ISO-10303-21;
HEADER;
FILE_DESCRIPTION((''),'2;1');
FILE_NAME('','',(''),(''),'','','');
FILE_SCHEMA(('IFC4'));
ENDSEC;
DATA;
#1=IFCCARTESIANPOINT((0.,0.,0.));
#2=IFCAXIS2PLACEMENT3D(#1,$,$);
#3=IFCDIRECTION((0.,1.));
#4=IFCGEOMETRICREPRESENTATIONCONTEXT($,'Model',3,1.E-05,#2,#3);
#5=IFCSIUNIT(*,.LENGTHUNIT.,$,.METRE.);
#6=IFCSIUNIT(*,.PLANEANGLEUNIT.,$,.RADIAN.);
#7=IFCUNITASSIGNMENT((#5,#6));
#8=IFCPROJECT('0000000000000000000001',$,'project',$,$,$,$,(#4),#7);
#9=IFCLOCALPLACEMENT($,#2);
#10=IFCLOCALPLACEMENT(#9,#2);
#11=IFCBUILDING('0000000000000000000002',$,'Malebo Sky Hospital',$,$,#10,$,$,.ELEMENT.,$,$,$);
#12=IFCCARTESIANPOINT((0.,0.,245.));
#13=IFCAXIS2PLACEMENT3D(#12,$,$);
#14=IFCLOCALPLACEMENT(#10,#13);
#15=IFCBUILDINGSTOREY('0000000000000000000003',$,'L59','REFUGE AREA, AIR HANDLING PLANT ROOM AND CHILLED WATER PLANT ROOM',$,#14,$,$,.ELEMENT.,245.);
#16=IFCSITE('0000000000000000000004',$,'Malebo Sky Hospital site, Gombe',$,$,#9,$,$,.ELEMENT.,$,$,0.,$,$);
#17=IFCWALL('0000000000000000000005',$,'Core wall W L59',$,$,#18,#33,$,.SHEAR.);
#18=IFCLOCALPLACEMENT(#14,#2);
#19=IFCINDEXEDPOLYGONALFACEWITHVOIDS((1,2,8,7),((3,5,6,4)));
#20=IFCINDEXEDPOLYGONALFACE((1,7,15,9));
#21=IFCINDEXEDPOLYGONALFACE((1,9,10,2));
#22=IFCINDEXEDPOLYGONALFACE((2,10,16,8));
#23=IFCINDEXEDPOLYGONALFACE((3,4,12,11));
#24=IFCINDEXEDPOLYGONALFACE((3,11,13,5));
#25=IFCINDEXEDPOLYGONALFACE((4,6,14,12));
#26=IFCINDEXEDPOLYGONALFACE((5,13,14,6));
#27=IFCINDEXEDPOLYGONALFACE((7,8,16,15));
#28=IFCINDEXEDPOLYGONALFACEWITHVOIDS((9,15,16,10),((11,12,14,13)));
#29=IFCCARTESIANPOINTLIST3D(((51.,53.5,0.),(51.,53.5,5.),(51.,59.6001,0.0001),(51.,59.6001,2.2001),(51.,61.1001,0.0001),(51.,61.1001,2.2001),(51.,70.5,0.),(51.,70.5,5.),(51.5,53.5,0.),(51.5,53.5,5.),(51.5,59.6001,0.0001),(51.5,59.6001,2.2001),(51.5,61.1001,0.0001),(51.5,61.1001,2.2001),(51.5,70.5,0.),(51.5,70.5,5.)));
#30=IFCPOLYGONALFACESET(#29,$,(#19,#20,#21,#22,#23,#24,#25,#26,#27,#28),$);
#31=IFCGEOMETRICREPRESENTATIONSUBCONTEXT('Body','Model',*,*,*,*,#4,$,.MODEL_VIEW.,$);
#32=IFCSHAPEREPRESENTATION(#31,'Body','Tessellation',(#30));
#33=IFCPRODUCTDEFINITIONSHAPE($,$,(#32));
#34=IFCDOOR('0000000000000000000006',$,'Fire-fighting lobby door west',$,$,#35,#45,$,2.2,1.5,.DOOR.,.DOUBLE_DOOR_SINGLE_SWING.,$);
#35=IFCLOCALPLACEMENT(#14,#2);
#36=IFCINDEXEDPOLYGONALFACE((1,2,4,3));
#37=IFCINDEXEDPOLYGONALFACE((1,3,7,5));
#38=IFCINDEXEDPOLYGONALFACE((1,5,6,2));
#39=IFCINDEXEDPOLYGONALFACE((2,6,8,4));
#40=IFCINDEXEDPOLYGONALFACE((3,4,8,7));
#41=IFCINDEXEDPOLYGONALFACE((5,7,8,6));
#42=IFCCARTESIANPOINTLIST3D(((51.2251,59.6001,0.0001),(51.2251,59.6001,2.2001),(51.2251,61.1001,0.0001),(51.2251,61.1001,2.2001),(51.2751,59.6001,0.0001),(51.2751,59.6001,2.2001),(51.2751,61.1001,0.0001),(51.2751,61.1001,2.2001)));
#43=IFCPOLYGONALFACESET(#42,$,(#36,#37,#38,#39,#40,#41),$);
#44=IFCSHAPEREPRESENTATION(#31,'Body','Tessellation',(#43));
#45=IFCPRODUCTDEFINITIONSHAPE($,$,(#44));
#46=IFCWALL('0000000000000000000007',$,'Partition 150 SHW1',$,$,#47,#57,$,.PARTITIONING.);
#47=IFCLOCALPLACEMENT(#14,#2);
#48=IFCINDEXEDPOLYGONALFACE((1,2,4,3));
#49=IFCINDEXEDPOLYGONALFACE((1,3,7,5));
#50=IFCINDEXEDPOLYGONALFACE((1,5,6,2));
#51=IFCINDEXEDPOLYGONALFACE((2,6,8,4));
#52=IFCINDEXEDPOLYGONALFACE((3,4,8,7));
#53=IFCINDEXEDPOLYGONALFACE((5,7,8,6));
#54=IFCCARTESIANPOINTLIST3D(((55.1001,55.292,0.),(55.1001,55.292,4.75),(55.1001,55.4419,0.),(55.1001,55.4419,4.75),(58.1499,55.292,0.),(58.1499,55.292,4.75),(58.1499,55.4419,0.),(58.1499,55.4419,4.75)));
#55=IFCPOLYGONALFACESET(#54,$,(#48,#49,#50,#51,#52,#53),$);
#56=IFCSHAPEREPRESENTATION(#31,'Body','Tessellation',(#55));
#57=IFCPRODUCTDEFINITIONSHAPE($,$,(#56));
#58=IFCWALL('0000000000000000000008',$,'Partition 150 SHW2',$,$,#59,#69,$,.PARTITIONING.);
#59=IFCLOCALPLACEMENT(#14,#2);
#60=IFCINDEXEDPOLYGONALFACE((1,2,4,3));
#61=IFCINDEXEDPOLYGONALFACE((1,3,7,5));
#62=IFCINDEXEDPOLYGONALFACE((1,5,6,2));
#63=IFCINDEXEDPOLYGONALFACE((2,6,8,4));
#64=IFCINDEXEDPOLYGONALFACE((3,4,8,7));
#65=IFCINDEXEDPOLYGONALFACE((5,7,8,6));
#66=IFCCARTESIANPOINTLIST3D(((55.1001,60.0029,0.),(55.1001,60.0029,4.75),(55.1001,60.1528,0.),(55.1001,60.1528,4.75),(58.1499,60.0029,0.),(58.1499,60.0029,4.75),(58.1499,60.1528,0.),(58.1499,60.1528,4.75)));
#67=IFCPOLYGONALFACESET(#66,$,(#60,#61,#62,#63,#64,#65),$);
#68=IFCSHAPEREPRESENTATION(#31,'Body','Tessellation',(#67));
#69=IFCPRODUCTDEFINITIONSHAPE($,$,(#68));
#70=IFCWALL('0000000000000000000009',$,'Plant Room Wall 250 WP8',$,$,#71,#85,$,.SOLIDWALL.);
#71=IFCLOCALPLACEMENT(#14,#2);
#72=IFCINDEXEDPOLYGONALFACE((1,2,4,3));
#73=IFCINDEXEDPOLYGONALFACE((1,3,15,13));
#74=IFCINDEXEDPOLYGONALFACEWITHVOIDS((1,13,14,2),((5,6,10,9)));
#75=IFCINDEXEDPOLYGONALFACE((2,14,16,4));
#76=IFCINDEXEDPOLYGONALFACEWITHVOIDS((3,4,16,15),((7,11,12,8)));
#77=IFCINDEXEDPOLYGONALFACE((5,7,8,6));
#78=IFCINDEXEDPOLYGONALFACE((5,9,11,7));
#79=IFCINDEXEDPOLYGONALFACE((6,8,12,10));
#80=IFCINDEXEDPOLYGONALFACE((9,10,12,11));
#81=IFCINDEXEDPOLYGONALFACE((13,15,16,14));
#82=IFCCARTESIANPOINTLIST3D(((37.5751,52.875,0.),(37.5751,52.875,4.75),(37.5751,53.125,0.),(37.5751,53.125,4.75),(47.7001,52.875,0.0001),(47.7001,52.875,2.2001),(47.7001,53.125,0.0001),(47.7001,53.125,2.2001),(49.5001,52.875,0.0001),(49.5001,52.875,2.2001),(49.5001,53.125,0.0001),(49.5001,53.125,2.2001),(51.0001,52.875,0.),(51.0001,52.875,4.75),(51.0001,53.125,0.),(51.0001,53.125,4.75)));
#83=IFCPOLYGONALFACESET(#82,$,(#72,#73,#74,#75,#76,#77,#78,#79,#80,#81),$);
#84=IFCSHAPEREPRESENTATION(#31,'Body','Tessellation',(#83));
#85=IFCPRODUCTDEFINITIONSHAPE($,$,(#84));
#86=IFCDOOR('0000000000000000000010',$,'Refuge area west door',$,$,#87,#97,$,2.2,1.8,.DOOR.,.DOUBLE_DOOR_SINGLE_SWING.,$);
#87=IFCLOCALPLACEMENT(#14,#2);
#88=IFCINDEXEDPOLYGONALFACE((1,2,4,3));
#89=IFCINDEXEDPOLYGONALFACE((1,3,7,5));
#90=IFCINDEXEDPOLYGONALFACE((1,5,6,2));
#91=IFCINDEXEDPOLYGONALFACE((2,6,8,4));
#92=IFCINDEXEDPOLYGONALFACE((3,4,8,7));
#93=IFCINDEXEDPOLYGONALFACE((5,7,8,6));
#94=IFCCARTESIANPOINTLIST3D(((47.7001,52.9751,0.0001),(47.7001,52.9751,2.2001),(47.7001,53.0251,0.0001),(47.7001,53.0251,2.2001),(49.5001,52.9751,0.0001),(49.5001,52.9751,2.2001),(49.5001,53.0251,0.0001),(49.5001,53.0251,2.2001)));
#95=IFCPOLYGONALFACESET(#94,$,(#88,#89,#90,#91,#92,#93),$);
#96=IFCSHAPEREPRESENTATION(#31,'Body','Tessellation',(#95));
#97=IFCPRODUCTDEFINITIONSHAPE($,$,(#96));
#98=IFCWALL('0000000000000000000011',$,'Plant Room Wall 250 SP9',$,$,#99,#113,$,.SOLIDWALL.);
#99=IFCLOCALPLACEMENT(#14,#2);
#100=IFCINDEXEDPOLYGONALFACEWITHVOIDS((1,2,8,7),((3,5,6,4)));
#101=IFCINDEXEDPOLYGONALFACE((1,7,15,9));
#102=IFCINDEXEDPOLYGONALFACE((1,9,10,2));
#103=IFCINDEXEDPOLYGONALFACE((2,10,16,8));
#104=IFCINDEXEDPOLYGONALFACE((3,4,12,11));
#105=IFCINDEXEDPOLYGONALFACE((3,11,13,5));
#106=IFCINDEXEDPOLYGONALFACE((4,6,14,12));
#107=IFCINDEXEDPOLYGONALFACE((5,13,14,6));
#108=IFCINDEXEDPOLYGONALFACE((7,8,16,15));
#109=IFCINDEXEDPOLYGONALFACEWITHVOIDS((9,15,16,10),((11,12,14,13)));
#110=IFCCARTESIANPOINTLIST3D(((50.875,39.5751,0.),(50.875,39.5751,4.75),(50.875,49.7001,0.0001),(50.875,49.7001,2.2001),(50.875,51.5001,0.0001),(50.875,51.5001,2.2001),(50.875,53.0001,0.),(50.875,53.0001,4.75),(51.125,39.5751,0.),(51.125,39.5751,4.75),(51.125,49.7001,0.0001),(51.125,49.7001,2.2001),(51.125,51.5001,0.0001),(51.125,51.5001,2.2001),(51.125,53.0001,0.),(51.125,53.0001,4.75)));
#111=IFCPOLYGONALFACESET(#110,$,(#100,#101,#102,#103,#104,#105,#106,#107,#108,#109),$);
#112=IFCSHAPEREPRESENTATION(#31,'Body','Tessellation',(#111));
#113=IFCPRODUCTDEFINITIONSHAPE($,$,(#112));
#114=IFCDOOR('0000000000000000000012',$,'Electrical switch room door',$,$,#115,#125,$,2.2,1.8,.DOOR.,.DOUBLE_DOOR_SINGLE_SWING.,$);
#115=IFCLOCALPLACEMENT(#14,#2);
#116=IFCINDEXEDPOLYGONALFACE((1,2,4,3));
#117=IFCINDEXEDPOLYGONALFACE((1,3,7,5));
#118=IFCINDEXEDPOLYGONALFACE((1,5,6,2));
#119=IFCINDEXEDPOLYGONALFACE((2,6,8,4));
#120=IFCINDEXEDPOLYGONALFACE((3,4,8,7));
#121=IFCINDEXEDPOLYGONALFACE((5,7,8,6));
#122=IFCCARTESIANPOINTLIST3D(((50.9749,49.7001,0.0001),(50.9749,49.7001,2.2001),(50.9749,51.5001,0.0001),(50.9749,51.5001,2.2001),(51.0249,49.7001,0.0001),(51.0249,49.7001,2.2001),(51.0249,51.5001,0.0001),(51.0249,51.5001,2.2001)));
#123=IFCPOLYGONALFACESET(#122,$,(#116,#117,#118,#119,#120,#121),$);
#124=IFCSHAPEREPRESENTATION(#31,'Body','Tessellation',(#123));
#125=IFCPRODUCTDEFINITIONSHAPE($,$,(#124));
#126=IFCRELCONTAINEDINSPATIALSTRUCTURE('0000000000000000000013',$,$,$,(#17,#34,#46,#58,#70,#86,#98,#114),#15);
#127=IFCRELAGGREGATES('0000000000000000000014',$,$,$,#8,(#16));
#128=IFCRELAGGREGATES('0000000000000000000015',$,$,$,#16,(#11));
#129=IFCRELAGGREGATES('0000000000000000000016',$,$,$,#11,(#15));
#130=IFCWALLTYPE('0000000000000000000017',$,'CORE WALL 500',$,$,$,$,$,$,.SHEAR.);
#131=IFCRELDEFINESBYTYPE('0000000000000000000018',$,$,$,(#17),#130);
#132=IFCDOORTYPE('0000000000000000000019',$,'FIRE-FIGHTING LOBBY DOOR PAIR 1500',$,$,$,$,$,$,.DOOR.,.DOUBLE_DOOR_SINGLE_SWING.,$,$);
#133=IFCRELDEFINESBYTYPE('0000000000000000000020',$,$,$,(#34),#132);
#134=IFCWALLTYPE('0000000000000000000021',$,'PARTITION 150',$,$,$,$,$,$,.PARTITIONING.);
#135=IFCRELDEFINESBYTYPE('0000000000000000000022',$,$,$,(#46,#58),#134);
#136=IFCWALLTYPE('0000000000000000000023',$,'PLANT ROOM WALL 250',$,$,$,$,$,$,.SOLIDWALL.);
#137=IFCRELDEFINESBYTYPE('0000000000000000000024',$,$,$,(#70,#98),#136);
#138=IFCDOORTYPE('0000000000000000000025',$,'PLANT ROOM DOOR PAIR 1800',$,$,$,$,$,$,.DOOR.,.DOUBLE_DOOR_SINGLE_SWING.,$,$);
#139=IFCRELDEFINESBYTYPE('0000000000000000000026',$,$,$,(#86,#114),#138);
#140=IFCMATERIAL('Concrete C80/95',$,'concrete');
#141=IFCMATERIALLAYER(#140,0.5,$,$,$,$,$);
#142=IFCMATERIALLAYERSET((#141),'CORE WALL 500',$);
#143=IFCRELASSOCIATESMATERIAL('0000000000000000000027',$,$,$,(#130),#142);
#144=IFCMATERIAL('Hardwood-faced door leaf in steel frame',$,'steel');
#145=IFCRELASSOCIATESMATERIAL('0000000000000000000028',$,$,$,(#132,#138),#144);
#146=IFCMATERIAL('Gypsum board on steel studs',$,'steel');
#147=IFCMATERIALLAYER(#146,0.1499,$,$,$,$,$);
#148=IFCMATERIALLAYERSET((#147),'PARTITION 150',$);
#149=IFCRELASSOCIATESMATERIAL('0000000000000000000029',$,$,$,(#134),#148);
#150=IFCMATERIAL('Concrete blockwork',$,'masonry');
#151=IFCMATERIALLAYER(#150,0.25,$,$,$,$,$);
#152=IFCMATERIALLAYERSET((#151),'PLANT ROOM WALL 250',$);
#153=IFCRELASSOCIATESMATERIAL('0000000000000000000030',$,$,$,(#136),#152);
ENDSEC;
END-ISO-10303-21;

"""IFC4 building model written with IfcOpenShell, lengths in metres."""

from ifc_helpers import new_model, si_unit, direction, frame, frame_2d, origin, place, context, subcontext, project, spatial, rectangle, extrude, material, layer, layer_set, type_object, element, fill, save


model = new_model("IFC4")

# Units and contexts
model_context = context("Model", 3, precision=1e-05, world=origin(), true_north=direction((0.0, 1.0)))
body_context = subcontext(model_context, "Body", "Model", "MODEL_VIEW")
ifc_project = project(units=[si_unit("LENGTHUNIT", "METRE"), si_unit("PLANEANGLEUNIT", "RADIAN")], contexts=[model_context])

# Site, building, storey
site_placement = place(None, origin())
site = spatial("IfcSite", under=ifc_project, at=site_placement, Name="Malebo Sky Hospital site, Gombe", CompositionType="ELEMENT", RefElevation=0.0)
building_placement = place(site_placement, origin())
building = spatial("IfcBuilding", under=site, at=building_placement, Name="Malebo Sky Hospital", CompositionType="ELEMENT")
storey_placement = place(building_placement, frame((0.0, 0.0, 245.0)))
storey = spatial("IfcBuildingStorey", under=building, at=storey_placement, Name="L59", Description="REFUGE AREA, AIR HANDLING PLANT ROOM AND CHILLED WATER PLANT ROOM", CompositionType="ELEMENT", Elevation=245.0)

# Shared definitions
ifc_material_1 = material(Name="Concrete C80/95", Category="concrete")
ifc_material_2 = material(Name="Hardwood-faced door leaf in steel frame", Category="steel")

# Wall, opening, door
ifc_layer_1 = layer(ifc_material_1, 0.5)
ifc_layer_set_1 = layer_set([ifc_layer_1], Name="CORE WALL 500")
wall_type_1 = type_object("IfcWallType", Name="CORE WALL 500", PredefinedType="SHEAR", material=ifc_layer_set_1)
wall_1_placement = place(storey_placement, frame((51.25, 53.5, 0.0), z_axis=(0.0, 0.0, 1.0), x_axis=(0.0, 1.0, 0.0)))
wall_1 = element("IfcWall", 1, at=wall_1_placement, inside=storey, type_object=wall_type_1, Name="Core wall W L59", PredefinedType="SHEAR", context=body_context, shape_type="SweptSolid", body=[
    extrude(rectangle(XDim=17.0, YDim=0.5, at=frame_2d((8.5, 0.0))), origin(), (0.0, 0.0, 1.0), 5.0),
])
opening_1_placement = place(wall_1_placement, frame((6.1001, 0.0, 0.0)))
opening_1 = element("IfcOpeningElement", 2, at=opening_1_placement, cuts=wall_1, PredefinedType="OPENING", context=body_context, shape_type="SweptSolid", body=[
    extrude(rectangle(XDim=1.5, YDim=2.2, at=frame_2d((0.75, 1.1001))), frame((0.0, 0.26, 0.0), z_axis=(0.0, -1.0, 0.0), x_axis=(1.0, 0.0, 0.0)), (0.0, 0.0, 1.0), 0.52),
])
door_type_1 = type_object("IfcDoorType", Name="FIRE-FIGHTING LOBBY DOOR PAIR 1500", OperationType="DOUBLE_DOOR_SINGLE_SWING", PredefinedType="DOOR", material=ifc_material_2)
door_1_placement = place(opening_1_placement, origin())
door_1 = element("IfcDoor", 3, at=door_1_placement, inside=storey, type_object=door_type_1, Name="Fire-fighting lobby door west", OperationType="DOUBLE_DOOR_SINGLE_SWING", OverallHeight=2.2, OverallWidth=1.5, PredefinedType="DOOR", context=body_context, shape_type="SweptSolid", body=[
    extrude(rectangle(XDim=1.5, YDim=2.2, at=frame_2d((0.75, 1.1001))), frame((0.0, 0.0249, 0.0), z_axis=(0.0, -1.0, 0.0), x_axis=(1.0, 0.0, 0.0)), (0.0, 0.0, 1.0), 0.05),
])
fill(opening_1, door_1)

# Walls
ifc_material_3 = material(Name="Gypsum board on steel studs", Category="steel")
ifc_layer_2 = layer(ifc_material_3, 0.1499)
ifc_layer_set_2 = layer_set([ifc_layer_2], Name="PARTITION 150")
wall_type_2 = type_object("IfcWallType", Name="PARTITION 150", PredefinedType="PARTITIONING", material=ifc_layer_set_2)
for number, where, z_axis, x_axis, name in (
    (4, (55.1001, 55.3669, 0.0), (0.0, 0.0, 1.0), (1.0, 0.0, 0.0), "Partition 150 SHW1"),
    (5, (55.1001, 60.0779, 0.0), (0.0, 0.0, 1.0), (1.0, 0.0, 0.0), "Partition 150 SHW2"),
):
    element("IfcWall", number, at=place(storey_placement, frame(where, z_axis=z_axis, x_axis=x_axis)), inside=storey, type_object=wall_type_2, Name=name, PredefinedType="PARTITIONING", context=body_context, shape_type="SweptSolid", body=[
        extrude(rectangle(XDim=3.0498, YDim=0.1499, at=frame_2d((1.5249, 0.0))), origin(), (0.0, 0.0, 1.0), 4.75),
    ])

# Walls, openings, doors
ifc_material_4 = material(Name="Concrete blockwork", Category="masonry")
ifc_layer_3 = layer(ifc_material_4, 0.25)
ifc_layer_set_3 = layer_set([ifc_layer_3], Name="PLANT ROOM WALL 250")
wall_type_3 = type_object("IfcWallType", Name="PLANT ROOM WALL 250", PredefinedType="SOLIDWALL", material=ifc_layer_set_3)
wall_2_placement = place(storey_placement, frame((51.0, 53.0, 0.0), z_axis=(0.0, 0.0, 1.0), x_axis=(-1.0, 0.0, 0.0)))
wall_2 = element("IfcWall", 6, at=wall_2_placement, inside=storey, type_object=wall_type_3, Name="Plant Room Wall 250 WP8", PredefinedType="SOLIDWALL", context=body_context, shape_type="SweptSolid", body=[
    extrude(rectangle(XDim=13.425, YDim=0.25, at=frame_2d((6.7124, 0.0))), origin(), (0.0, 0.0, 1.0), 4.75),
])
opening_2_placement = place(wall_2_placement, frame((1.5, 0.0, 0.0)))
opening_2 = element("IfcOpeningElement", 7, at=opening_2_placement, cuts=wall_2, PredefinedType="OPENING", context=body_context, shape_type="SweptSolid", body=[
    extrude(rectangle(XDim=1.8, YDim=2.2, at=frame_2d((0.8999, 1.1001))), frame((0.0, 0.135, 0.0), z_axis=(0.0, -1.0, 0.0), x_axis=(1.0, 0.0, 0.0)), (0.0, 0.0, 1.0), 0.27),
])
door_type_2 = type_object("IfcDoorType", Name="PLANT ROOM DOOR PAIR 1800", OperationType="DOUBLE_DOOR_SINGLE_SWING", PredefinedType="DOOR", material=ifc_material_2)
door_2_placement = place(opening_2_placement, origin())
door_2 = element("IfcDoor", 8, at=door_2_placement, inside=storey, type_object=door_type_2, Name="Refuge area west door", OperationType="DOUBLE_DOOR_SINGLE_SWING", OverallHeight=2.2, OverallWidth=1.8, PredefinedType="DOOR", context=body_context, shape_type="SweptSolid", body=[
    extrude(rectangle(XDim=1.8, YDim=2.2, at=frame_2d((0.8999, 1.1001))), frame((0.0, 0.0249, 0.0), z_axis=(0.0, -1.0, 0.0), x_axis=(1.0, 0.0, 0.0)), (0.0, 0.0, 1.0), 0.05),
])
fill(opening_2, door_2)
wall_3_placement = place(storey_placement, frame((51.0, 53.0, 0.0), z_axis=(0.0, 0.0, 1.0), x_axis=(0.0, -1.0, 0.0)))
wall_3 = element("IfcWall", 9, at=wall_3_placement, inside=storey, type_object=wall_type_3, Name="Plant Room Wall 250 SP9", PredefinedType="SOLIDWALL", context=body_context, shape_type="SweptSolid", body=[
    extrude(rectangle(XDim=13.425, YDim=0.25, at=frame_2d((6.7124, 0.0))), origin(), (0.0, 0.0, 1.0), 4.75),
])
opening_3_placement = place(wall_3_placement, frame((1.5, 0.0, 0.0)))
opening_3 = element("IfcOpeningElement", 10, at=opening_3_placement, cuts=wall_3, PredefinedType="OPENING", context=body_context, shape_type="SweptSolid", body=[
    extrude(rectangle(XDim=1.8, YDim=2.2, at=frame_2d((0.8999, 1.1001))), frame((0.0, 0.135, 0.0), z_axis=(0.0, -1.0, 0.0), x_axis=(1.0, 0.0, 0.0)), (0.0, 0.0, 1.0), 0.27),
])
door_3_placement = place(opening_3_placement, origin())
door_3 = element("IfcDoor", 11, at=door_3_placement, inside=storey, type_object=door_type_2, Name="Electrical switch room door", OperationType="DOUBLE_DOOR_SINGLE_SWING", OverallHeight=2.2, OverallWidth=1.8, PredefinedType="DOOR", context=body_context, shape_type="SweptSolid", body=[
    extrude(rectangle(XDim=1.8, YDim=2.2, at=frame_2d((0.8999, 1.1001))), frame((0.0, 0.0249, 0.0), z_axis=(0.0, -1.0, 0.0), x_axis=(1.0, 0.0, 0.0)), (0.0, 0.0, 1.0), 0.05),
])
fill(opening_3, door_3)

save(model, "model.ifc")
